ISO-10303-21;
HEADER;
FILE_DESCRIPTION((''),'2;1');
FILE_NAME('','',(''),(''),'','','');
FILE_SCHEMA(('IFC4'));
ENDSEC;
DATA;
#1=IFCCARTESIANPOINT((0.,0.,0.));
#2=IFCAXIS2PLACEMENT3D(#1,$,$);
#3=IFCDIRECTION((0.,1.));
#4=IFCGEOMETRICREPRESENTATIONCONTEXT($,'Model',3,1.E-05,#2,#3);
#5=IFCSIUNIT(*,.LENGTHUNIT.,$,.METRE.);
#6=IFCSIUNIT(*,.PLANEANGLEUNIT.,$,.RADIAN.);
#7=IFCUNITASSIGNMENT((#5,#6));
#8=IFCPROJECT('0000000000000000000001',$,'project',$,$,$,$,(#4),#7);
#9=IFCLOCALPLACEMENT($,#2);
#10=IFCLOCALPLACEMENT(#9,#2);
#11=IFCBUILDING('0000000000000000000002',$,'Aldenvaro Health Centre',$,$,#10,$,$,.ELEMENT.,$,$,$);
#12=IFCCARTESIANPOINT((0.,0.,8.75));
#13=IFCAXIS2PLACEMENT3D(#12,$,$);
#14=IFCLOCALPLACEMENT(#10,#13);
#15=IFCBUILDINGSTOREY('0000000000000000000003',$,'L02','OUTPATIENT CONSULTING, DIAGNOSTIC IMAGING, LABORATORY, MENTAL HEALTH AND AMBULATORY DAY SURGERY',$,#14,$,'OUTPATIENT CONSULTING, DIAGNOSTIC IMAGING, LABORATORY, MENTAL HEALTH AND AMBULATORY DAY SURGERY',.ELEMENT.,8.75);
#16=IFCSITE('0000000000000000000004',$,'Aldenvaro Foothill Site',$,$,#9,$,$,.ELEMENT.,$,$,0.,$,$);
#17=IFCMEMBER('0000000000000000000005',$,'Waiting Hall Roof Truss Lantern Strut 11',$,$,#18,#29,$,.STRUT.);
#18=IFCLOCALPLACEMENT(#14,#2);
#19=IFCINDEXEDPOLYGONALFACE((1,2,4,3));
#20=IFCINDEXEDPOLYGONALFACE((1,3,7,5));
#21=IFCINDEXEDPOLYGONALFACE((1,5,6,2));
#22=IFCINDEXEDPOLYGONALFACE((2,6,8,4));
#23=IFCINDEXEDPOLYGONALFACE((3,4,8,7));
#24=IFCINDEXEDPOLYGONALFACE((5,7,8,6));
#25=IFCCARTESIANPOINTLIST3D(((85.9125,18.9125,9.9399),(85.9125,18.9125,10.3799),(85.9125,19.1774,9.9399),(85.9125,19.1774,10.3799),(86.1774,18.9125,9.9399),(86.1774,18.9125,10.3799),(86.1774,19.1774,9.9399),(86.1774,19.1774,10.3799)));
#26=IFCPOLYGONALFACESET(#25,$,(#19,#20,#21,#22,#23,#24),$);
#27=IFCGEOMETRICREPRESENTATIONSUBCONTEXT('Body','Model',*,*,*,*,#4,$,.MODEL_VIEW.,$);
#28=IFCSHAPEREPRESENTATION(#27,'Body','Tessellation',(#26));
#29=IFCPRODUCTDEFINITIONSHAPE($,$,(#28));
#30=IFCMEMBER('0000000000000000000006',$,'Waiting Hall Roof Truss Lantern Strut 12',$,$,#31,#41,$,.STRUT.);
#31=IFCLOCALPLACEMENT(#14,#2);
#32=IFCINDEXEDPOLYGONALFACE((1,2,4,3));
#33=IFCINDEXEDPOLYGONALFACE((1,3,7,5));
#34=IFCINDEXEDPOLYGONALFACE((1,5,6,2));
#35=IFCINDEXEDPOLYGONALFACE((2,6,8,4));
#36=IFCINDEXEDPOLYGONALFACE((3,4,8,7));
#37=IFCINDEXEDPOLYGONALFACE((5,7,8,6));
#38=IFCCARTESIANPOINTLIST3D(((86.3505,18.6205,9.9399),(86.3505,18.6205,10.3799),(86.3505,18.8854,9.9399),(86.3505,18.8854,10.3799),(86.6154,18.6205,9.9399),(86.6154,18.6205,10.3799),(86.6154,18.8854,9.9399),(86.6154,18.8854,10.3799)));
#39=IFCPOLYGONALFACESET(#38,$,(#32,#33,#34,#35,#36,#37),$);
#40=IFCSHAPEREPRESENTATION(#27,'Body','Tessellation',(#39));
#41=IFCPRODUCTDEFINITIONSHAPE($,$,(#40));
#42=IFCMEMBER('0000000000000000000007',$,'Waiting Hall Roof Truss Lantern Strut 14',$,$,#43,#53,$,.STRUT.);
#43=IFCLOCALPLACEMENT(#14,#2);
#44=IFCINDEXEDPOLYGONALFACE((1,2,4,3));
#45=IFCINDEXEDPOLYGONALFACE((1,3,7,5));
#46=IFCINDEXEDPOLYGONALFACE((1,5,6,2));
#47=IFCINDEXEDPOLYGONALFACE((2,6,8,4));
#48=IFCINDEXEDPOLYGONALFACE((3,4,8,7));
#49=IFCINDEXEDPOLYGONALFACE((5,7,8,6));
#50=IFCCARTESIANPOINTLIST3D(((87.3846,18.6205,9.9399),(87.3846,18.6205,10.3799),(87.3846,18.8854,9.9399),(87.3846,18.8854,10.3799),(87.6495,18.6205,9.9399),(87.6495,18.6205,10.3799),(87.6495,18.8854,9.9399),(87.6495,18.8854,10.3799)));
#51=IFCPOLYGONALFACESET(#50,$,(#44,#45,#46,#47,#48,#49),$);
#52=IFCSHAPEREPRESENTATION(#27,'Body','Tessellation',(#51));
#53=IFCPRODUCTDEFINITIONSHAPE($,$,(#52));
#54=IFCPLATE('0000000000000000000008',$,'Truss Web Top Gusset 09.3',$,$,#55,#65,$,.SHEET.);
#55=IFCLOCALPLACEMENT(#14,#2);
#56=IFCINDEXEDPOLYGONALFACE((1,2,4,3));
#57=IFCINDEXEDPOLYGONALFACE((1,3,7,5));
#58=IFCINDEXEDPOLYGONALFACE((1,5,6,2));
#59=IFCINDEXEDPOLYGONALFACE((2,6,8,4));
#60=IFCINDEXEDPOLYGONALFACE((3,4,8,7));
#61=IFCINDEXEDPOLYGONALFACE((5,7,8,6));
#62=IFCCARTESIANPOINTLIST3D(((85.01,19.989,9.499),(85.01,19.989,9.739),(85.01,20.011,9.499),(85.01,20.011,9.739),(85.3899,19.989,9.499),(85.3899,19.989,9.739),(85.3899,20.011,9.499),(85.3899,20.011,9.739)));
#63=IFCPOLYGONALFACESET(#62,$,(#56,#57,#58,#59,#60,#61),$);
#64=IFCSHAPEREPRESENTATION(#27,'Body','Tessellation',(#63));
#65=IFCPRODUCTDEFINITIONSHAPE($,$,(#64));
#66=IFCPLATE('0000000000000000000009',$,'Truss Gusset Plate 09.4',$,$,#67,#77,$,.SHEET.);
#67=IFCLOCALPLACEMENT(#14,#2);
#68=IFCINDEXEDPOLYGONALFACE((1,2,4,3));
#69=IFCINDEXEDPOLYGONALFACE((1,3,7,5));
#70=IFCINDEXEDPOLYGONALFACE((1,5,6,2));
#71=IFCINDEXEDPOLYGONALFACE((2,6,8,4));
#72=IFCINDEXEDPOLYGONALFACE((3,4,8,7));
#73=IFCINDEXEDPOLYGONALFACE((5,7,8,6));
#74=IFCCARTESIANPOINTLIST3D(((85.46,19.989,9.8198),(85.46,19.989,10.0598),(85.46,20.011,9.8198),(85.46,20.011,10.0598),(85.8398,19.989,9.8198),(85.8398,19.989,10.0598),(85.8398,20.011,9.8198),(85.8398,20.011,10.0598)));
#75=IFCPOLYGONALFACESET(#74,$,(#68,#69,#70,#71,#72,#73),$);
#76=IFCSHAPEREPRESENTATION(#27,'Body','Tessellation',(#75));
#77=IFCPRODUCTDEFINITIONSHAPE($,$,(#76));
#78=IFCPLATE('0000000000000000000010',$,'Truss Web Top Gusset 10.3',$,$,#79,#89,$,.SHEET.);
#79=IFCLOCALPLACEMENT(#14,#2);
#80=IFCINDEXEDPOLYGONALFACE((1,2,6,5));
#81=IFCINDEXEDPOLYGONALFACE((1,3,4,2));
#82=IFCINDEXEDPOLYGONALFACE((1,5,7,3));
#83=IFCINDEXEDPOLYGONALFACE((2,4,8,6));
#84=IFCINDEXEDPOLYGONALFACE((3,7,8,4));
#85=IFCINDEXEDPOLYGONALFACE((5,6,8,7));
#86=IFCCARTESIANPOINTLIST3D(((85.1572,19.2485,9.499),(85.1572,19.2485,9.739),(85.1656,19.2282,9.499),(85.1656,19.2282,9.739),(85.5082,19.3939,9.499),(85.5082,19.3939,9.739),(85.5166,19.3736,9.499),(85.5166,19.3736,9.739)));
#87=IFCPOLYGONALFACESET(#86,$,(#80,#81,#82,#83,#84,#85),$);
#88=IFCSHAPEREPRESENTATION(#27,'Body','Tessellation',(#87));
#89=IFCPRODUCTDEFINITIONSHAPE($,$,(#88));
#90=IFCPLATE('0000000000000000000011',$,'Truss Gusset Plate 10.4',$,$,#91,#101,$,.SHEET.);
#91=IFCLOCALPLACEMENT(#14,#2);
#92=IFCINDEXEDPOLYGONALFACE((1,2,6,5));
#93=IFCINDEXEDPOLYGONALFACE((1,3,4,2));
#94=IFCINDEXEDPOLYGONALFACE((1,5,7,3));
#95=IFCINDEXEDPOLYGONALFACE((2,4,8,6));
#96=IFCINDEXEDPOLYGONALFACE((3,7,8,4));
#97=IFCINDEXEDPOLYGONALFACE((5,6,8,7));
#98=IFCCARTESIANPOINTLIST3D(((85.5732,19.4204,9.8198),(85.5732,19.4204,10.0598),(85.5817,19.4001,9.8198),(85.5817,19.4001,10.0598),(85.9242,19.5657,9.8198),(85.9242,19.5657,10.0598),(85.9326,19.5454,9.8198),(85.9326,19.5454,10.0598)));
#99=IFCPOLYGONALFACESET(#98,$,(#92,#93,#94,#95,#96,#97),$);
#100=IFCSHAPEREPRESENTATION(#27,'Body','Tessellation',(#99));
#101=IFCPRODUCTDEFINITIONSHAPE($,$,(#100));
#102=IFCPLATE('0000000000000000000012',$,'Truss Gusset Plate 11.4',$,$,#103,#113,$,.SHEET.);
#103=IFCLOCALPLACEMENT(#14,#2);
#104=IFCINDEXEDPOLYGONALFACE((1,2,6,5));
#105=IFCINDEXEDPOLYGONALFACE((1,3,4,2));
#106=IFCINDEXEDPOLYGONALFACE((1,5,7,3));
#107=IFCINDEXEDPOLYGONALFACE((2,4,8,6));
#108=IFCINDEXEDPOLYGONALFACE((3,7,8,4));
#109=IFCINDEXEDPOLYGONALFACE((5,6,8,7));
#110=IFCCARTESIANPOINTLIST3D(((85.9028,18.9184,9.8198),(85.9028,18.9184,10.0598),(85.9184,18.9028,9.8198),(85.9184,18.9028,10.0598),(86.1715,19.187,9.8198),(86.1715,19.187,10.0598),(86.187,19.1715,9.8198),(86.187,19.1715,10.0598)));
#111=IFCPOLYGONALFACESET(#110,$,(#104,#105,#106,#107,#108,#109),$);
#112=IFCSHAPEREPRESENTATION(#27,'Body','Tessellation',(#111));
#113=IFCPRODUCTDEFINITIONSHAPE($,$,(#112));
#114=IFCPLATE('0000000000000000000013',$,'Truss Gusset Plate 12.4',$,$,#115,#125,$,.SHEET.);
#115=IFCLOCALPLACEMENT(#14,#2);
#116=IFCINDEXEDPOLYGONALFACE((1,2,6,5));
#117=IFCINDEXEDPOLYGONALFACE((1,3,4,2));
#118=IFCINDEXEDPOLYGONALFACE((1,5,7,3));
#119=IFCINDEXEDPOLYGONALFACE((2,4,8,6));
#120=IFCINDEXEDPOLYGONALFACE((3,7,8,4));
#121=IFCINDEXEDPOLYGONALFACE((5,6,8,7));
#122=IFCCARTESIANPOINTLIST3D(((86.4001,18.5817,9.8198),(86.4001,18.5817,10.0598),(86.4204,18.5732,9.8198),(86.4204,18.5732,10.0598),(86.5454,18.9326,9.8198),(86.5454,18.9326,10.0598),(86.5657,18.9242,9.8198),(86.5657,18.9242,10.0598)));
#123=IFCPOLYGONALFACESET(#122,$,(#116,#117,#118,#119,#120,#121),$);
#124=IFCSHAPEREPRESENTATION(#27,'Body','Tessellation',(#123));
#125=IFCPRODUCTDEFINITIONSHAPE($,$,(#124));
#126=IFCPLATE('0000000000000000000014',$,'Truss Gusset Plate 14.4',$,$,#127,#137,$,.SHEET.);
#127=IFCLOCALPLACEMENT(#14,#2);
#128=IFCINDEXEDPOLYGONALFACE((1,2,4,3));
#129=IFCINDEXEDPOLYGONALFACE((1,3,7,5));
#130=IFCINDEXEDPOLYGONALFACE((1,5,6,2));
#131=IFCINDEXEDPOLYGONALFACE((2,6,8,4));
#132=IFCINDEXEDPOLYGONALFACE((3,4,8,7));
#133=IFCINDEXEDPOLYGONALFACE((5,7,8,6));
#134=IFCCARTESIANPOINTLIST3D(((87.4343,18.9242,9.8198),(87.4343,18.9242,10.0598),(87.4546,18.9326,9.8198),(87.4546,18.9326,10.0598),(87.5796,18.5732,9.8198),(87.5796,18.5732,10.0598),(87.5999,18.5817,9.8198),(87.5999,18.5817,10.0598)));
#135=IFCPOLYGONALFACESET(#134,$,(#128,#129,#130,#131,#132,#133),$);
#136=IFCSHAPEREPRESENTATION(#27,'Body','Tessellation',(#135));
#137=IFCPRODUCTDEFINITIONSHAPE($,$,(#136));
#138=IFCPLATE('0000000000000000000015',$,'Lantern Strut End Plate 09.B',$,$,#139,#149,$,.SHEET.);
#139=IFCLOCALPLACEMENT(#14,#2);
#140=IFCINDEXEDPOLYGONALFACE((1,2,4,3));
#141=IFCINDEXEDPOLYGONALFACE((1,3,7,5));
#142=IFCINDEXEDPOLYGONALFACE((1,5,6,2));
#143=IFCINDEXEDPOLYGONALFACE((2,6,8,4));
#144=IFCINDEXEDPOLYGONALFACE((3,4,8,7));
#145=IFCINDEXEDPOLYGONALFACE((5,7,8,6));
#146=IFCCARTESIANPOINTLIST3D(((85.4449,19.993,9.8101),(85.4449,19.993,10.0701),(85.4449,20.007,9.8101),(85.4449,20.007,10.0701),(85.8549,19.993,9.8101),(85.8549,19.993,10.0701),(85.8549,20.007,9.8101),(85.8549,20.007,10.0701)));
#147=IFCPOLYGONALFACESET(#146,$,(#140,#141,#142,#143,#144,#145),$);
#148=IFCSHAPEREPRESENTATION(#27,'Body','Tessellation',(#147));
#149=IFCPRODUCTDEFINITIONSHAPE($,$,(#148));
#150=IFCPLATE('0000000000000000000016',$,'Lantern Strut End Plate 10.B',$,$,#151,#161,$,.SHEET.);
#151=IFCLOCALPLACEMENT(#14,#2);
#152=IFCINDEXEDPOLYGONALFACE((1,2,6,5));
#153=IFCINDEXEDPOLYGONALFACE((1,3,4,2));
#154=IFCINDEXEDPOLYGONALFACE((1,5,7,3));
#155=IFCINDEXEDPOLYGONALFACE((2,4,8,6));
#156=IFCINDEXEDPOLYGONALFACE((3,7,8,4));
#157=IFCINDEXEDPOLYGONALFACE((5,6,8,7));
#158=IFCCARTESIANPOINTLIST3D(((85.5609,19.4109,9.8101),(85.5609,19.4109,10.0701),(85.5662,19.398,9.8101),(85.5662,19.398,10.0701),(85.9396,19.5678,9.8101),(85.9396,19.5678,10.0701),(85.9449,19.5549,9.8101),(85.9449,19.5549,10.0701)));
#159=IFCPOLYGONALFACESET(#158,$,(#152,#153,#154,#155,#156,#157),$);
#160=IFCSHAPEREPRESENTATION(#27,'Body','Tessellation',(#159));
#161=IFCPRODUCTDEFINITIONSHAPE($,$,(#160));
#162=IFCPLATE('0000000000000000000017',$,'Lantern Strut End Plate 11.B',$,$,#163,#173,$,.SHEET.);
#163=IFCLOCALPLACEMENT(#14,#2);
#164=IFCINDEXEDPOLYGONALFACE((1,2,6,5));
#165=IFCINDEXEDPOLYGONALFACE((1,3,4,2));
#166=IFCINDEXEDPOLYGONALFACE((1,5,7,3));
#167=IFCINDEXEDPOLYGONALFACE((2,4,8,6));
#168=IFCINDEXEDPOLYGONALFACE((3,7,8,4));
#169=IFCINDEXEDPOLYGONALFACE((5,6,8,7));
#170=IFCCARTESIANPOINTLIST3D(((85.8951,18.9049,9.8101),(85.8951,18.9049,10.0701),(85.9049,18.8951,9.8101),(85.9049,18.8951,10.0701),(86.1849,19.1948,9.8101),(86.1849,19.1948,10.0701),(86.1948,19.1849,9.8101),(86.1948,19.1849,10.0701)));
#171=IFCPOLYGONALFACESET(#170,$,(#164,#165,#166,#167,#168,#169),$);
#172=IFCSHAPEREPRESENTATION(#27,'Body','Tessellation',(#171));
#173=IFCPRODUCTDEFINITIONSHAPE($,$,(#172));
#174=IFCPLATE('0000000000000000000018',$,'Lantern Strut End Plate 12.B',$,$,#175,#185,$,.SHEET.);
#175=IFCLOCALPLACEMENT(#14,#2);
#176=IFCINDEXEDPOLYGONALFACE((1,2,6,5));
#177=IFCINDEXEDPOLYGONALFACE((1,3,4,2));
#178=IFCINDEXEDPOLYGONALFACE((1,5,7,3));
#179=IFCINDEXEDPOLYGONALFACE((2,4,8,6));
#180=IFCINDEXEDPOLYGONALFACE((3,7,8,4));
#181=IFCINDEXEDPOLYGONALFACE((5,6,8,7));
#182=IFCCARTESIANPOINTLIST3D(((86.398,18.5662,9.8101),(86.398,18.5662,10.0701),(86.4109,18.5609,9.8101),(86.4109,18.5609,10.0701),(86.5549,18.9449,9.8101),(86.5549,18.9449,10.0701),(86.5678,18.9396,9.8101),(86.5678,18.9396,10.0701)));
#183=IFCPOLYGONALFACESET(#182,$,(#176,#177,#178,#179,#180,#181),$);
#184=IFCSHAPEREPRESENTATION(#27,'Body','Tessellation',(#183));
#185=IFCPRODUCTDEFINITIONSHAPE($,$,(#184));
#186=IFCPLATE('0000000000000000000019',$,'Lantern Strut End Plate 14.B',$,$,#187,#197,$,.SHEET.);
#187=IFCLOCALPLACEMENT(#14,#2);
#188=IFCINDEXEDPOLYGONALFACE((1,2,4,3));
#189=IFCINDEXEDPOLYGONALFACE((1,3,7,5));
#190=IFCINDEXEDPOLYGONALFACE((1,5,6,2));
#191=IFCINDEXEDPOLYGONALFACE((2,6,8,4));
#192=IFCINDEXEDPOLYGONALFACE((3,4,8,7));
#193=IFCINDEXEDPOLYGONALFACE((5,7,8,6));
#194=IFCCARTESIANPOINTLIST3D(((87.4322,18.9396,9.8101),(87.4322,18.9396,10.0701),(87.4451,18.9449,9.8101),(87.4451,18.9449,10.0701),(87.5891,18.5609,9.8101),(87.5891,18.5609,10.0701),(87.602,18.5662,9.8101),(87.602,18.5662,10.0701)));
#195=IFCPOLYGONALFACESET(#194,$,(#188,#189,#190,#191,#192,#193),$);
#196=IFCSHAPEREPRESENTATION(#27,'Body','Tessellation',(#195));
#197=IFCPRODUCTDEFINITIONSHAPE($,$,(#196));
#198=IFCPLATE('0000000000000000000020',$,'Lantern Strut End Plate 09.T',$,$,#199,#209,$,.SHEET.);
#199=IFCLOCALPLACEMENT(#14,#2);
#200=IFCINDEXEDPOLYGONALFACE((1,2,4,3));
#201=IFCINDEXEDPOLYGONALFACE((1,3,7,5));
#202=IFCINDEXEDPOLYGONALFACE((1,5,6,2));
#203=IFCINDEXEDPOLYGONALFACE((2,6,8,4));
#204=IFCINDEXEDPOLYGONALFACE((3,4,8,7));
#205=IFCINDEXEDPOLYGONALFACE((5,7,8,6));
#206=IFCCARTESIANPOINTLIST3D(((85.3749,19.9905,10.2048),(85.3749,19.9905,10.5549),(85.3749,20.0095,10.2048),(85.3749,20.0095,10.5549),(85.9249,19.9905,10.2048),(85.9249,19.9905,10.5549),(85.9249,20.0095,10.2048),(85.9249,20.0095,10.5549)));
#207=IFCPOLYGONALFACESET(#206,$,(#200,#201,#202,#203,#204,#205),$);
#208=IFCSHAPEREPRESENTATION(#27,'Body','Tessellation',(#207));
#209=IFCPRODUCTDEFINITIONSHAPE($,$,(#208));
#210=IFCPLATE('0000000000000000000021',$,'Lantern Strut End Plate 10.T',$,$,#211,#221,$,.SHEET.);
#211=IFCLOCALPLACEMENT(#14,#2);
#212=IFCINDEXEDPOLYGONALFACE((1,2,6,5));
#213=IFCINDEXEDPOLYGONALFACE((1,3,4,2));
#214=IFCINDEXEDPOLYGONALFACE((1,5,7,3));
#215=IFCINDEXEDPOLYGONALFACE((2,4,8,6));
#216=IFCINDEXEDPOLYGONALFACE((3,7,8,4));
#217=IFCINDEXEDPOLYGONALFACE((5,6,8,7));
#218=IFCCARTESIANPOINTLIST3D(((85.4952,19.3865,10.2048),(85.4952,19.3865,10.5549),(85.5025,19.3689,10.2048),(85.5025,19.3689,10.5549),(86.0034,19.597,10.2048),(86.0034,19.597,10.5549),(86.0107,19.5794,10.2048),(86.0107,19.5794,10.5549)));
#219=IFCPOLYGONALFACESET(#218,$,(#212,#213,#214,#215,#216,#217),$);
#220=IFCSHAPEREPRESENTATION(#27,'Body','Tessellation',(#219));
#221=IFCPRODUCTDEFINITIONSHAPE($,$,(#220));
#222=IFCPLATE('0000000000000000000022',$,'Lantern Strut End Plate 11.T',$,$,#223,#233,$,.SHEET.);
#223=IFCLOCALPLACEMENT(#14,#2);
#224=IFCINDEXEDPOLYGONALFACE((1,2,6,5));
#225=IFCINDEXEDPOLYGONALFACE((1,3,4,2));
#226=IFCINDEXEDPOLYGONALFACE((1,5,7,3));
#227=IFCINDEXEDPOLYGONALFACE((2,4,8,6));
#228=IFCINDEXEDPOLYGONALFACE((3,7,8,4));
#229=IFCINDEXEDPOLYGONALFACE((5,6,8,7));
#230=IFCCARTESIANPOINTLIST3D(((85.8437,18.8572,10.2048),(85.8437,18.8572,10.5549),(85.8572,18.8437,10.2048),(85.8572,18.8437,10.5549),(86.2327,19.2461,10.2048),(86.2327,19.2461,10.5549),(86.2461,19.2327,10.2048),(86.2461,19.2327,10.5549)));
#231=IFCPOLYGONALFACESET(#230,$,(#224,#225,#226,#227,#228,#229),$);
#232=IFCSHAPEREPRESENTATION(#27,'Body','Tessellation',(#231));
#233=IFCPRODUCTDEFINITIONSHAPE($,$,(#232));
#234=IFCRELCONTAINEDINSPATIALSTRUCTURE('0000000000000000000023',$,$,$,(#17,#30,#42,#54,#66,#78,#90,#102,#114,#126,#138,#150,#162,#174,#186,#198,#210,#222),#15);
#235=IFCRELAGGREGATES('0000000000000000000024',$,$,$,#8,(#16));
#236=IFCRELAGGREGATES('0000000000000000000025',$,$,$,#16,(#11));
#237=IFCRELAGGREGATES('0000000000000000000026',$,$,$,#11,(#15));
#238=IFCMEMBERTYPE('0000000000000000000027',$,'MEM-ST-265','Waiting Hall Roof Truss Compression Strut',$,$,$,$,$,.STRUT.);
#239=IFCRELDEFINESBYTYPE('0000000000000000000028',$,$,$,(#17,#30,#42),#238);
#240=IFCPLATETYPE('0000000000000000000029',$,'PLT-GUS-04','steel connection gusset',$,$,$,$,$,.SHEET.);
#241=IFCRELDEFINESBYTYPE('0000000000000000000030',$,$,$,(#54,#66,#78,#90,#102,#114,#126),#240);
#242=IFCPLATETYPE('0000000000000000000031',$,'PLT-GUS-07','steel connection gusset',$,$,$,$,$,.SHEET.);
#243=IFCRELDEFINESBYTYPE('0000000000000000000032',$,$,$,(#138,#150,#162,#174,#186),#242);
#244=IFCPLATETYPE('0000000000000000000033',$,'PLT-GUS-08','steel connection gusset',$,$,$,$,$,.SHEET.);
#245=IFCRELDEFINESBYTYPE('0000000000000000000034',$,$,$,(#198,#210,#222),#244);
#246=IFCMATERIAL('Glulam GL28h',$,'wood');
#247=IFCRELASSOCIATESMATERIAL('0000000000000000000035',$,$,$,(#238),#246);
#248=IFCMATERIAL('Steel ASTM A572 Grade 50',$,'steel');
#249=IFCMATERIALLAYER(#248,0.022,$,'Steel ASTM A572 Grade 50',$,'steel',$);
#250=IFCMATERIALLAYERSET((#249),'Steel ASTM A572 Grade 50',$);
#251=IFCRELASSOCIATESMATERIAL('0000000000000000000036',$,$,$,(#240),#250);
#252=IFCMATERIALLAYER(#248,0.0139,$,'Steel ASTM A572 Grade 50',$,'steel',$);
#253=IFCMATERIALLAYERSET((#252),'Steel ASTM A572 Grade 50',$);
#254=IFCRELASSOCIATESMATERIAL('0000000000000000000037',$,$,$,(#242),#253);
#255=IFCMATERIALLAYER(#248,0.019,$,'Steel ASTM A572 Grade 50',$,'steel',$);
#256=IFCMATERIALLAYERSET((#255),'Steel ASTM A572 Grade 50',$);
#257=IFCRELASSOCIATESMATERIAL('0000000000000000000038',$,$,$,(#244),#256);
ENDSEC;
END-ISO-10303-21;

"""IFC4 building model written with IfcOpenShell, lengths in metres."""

from ifc_helpers import new_model, si_unit, direction, frame, origin, origin_2d, place, context, subcontext, project, spatial, rectangle, extrude, material, layer, layer_set, material_profile, profile_set, type_object, element, save


model = new_model("IFC4")

# Units and contexts
model_context = context("Model", 3, precision=1e-05, world=origin(), true_north=direction((0.0, 1.0)))
body_context = subcontext(model_context, "Body", "Model", "MODEL_VIEW")
ifc_project = project(units=[si_unit("LENGTHUNIT", "METRE"), si_unit("PLANEANGLEUNIT", "RADIAN")], contexts=[model_context])

# Site, building, storey
site_placement = place(None, origin())
site = spatial("IfcSite", under=ifc_project, at=site_placement, Name="Aldenvaro Foothill Site", CompositionType="ELEMENT", RefElevation=0.0)
building_placement = place(site_placement, origin())
building = spatial("IfcBuilding", under=site, at=building_placement, Name="Aldenvaro Health Centre", CompositionType="ELEMENT")
storey_placement = place(building_placement, frame((0.0, 0.0, 8.75)))
storey = spatial("IfcBuildingStorey", under=building, at=storey_placement, Name="L02", Description="OUTPATIENT CONSULTING, DIAGNOSTIC IMAGING, LABORATORY, MENTAL HEALTH AND AMBULATORY DAY SURGERY", LongName="OUTPATIENT CONSULTING, DIAGNOSTIC IMAGING, LABORATORY, MENTAL HEALTH AND AMBULATORY DAY SURGERY", CompositionType="ELEMENT", Elevation=8.75)

# Members
ifc_material_1 = material(Name="Glulam GL28h", Category="wood")
ifc_material_profile_1 = material_profile(ifc_material_1, rectangle(XDim=0.2649, YDim=0.2649, at=origin_2d()), Name="GL 265x265", Category="wood")
ifc_profile_set_1 = profile_set([ifc_material_profile_1], Name="Glulam GL28h")
member_type = type_object("IfcMemberType", Name="MEM-ST-265", Description="Waiting Hall Roof Truss Compression Strut", PredefinedType="STRUT", material=ifc_profile_set_1)
for number, where, z_axis, x_axis, name in (
    (1, (86.0449, 19.0449, 9.9399), (0.0, 0.0, 1.0), (1.0, 0.0, 0.0), "Waiting Hall Roof Truss Lantern Strut 11"),
    (2, (86.4829, 18.7529, 9.9399), (0.0, 0.0, 1.0), (1.0, 0.0, 0.0), "Waiting Hall Roof Truss Lantern Strut 12"),
    (3, (87.5171, 18.7529, 9.9399), (0.0, 0.0, 1.0), (1.0, 0.0, 0.0), "Waiting Hall Roof Truss Lantern Strut 14"),
):
    element("IfcMember", number, at=place(storey_placement, frame(where, z_axis=z_axis, x_axis=x_axis)), inside=storey, type_object=member_type, Name=name, PredefinedType="STRUT", context=body_context, shape_type="SweptSolid", body=[
        extrude(rectangle(XDim=0.2649, YDim=0.2649, at=origin_2d()), origin(), (0.0, 0.0, 1.0), 0.4399),
    ])

# Plates
ifc_material_2 = material(Name="Steel ASTM A572 Grade 50", Category="steel")
ifc_layer_1 = layer(ifc_material_2, 0.022, Name="Steel ASTM A572 Grade 50", Category="steel")
ifc_layer_set_1 = layer_set([ifc_layer_1], Name="Steel ASTM A572 Grade 50")
plate_type_1 = type_object("IfcPlateType", Name="PLT-GUS-04", Description="steel connection gusset", PredefinedType="SHEET", material=ifc_layer_set_1)
for number, where, z_axis, x_axis, name in (
    (4, (85.2, 20.0, 9.499), (0.0, 0.0, 1.0), (-1.0, 0.0, 0.0), "Truss Web Top Gusset 09.3"),
    (5, (85.6499, 20.0, 9.8198), (0.0, 0.0, 1.0), (-1.0, 0.0, 0.0), "Truss Gusset Plate 09.4"),
    (6, (85.3369, 19.311, 9.499), (0.0, 0.0, 1.0), (-0.92388, -0.382683, 0.0), "Truss Web Top Gusset 10.3"),
    (7, (85.7529, 19.4829, 9.8198), (0.0, 0.0, 1.0), (-0.92388, -0.382683, 0.0), "Truss Gusset Plate 10.4"),
    (8, (86.0449, 19.0449, 9.8198), (0.0, 0.0, 1.0), (-0.707107, -0.707107, 0.0), "Truss Gusset Plate 11.4"),
    (9, (86.4829, 18.7529, 9.8198), (0.0, 0.0, 1.0), (-0.382683, -0.92388, 0.0), "Truss Gusset Plate 12.4"),
    (10, (87.5171, 18.7529, 9.8198), (0.0, 0.0, 1.0), (0.382683, -0.92388, 0.0), "Truss Gusset Plate 14.4"),
):
    element("IfcPlate", number, at=place(storey_placement, frame(where, z_axis=z_axis, x_axis=x_axis)), inside=storey, type_object=plate_type_1, Name=name, PredefinedType="SHEET", context=body_context, shape_type="SweptSolid", body=[
        extrude(rectangle(XDim=0.3799, YDim=0.022, at=origin_2d()), origin(), (0.0, 0.0, 1.0), 0.24),
    ])
ifc_layer_2 = layer(ifc_material_2, 0.0139, Name="Steel ASTM A572 Grade 50", Category="steel")
ifc_layer_set_2 = layer_set([ifc_layer_2], Name="Steel ASTM A572 Grade 50")
plate_type_2 = type_object("IfcPlateType", Name="PLT-GUS-07", Description="steel connection gusset", PredefinedType="SHEET", material=ifc_layer_set_2)
for number, where, z_axis, x_axis, name in (
    (11, (85.6499, 20.0, 9.8101), (0.0, 0.0, 1.0), (-1.0, 0.0, 0.0), "Lantern Strut End Plate 09.B"),
    (12, (85.7529, 19.4829, 9.8101), (0.0, 0.0, 1.0), (-0.92388, -0.382683, 0.0), "Lantern Strut End Plate 10.B"),
    (13, (86.0449, 19.0449, 9.8101), (0.0, 0.0, 1.0), (-0.707107, -0.707107, 0.0), "Lantern Strut End Plate 11.B"),
    (14, (86.4829, 18.7529, 9.8101), (0.0, 0.0, 1.0), (-0.382683, -0.92388, 0.0), "Lantern Strut End Plate 12.B"),
    (15, (87.5171, 18.7529, 9.8101), (0.0, 0.0, 1.0), (0.382683, -0.92388, 0.0), "Lantern Strut End Plate 14.B"),
):
    element("IfcPlate", number, at=place(storey_placement, frame(where, z_axis=z_axis, x_axis=x_axis)), inside=storey, type_object=plate_type_2, Name=name, PredefinedType="SHEET", context=body_context, shape_type="SweptSolid", body=[
        extrude(rectangle(XDim=0.4099, YDim=0.0139, at=origin_2d()), origin(), (0.0, 0.0, 1.0), 0.26),
    ])
ifc_layer_3 = layer(ifc_material_2, 0.019, Name="Steel ASTM A572 Grade 50", Category="steel")
ifc_layer_set_3 = layer_set([ifc_layer_3], Name="Steel ASTM A572 Grade 50")
plate_type_3 = type_object("IfcPlateType", Name="PLT-GUS-08", Description="steel connection gusset", PredefinedType="SHEET", material=ifc_layer_set_3)
for number, where, z_axis, x_axis, name in (
    (16, (85.6499, 20.0, 10.2048), (0.0, 0.0, 1.0), (-1.0, 0.0, 0.0), "Lantern Strut End Plate 09.T"),
    (17, (85.7529, 19.4829, 10.2048), (0.0, 0.0, 1.0), (-0.92388, -0.382683, 0.0), "Lantern Strut End Plate 10.T"),
    (18, (86.0449, 19.0449, 10.2048), (0.0, 0.0, 1.0), (-0.707107, -0.707107, 0.0), "Lantern Strut End Plate 11.T"),
):
    element("IfcPlate", number, at=place(storey_placement, frame(where, z_axis=z_axis, x_axis=x_axis)), inside=storey, type_object=plate_type_3, Name=name, PredefinedType="SHEET", context=body_context, shape_type="SweptSolid", body=[
        extrude(rectangle(XDim=0.55, YDim=0.019, at=origin_2d()), origin(), (0.0, 0.0, 1.0), 0.3501),
    ])

save(model, "model.ifc")
